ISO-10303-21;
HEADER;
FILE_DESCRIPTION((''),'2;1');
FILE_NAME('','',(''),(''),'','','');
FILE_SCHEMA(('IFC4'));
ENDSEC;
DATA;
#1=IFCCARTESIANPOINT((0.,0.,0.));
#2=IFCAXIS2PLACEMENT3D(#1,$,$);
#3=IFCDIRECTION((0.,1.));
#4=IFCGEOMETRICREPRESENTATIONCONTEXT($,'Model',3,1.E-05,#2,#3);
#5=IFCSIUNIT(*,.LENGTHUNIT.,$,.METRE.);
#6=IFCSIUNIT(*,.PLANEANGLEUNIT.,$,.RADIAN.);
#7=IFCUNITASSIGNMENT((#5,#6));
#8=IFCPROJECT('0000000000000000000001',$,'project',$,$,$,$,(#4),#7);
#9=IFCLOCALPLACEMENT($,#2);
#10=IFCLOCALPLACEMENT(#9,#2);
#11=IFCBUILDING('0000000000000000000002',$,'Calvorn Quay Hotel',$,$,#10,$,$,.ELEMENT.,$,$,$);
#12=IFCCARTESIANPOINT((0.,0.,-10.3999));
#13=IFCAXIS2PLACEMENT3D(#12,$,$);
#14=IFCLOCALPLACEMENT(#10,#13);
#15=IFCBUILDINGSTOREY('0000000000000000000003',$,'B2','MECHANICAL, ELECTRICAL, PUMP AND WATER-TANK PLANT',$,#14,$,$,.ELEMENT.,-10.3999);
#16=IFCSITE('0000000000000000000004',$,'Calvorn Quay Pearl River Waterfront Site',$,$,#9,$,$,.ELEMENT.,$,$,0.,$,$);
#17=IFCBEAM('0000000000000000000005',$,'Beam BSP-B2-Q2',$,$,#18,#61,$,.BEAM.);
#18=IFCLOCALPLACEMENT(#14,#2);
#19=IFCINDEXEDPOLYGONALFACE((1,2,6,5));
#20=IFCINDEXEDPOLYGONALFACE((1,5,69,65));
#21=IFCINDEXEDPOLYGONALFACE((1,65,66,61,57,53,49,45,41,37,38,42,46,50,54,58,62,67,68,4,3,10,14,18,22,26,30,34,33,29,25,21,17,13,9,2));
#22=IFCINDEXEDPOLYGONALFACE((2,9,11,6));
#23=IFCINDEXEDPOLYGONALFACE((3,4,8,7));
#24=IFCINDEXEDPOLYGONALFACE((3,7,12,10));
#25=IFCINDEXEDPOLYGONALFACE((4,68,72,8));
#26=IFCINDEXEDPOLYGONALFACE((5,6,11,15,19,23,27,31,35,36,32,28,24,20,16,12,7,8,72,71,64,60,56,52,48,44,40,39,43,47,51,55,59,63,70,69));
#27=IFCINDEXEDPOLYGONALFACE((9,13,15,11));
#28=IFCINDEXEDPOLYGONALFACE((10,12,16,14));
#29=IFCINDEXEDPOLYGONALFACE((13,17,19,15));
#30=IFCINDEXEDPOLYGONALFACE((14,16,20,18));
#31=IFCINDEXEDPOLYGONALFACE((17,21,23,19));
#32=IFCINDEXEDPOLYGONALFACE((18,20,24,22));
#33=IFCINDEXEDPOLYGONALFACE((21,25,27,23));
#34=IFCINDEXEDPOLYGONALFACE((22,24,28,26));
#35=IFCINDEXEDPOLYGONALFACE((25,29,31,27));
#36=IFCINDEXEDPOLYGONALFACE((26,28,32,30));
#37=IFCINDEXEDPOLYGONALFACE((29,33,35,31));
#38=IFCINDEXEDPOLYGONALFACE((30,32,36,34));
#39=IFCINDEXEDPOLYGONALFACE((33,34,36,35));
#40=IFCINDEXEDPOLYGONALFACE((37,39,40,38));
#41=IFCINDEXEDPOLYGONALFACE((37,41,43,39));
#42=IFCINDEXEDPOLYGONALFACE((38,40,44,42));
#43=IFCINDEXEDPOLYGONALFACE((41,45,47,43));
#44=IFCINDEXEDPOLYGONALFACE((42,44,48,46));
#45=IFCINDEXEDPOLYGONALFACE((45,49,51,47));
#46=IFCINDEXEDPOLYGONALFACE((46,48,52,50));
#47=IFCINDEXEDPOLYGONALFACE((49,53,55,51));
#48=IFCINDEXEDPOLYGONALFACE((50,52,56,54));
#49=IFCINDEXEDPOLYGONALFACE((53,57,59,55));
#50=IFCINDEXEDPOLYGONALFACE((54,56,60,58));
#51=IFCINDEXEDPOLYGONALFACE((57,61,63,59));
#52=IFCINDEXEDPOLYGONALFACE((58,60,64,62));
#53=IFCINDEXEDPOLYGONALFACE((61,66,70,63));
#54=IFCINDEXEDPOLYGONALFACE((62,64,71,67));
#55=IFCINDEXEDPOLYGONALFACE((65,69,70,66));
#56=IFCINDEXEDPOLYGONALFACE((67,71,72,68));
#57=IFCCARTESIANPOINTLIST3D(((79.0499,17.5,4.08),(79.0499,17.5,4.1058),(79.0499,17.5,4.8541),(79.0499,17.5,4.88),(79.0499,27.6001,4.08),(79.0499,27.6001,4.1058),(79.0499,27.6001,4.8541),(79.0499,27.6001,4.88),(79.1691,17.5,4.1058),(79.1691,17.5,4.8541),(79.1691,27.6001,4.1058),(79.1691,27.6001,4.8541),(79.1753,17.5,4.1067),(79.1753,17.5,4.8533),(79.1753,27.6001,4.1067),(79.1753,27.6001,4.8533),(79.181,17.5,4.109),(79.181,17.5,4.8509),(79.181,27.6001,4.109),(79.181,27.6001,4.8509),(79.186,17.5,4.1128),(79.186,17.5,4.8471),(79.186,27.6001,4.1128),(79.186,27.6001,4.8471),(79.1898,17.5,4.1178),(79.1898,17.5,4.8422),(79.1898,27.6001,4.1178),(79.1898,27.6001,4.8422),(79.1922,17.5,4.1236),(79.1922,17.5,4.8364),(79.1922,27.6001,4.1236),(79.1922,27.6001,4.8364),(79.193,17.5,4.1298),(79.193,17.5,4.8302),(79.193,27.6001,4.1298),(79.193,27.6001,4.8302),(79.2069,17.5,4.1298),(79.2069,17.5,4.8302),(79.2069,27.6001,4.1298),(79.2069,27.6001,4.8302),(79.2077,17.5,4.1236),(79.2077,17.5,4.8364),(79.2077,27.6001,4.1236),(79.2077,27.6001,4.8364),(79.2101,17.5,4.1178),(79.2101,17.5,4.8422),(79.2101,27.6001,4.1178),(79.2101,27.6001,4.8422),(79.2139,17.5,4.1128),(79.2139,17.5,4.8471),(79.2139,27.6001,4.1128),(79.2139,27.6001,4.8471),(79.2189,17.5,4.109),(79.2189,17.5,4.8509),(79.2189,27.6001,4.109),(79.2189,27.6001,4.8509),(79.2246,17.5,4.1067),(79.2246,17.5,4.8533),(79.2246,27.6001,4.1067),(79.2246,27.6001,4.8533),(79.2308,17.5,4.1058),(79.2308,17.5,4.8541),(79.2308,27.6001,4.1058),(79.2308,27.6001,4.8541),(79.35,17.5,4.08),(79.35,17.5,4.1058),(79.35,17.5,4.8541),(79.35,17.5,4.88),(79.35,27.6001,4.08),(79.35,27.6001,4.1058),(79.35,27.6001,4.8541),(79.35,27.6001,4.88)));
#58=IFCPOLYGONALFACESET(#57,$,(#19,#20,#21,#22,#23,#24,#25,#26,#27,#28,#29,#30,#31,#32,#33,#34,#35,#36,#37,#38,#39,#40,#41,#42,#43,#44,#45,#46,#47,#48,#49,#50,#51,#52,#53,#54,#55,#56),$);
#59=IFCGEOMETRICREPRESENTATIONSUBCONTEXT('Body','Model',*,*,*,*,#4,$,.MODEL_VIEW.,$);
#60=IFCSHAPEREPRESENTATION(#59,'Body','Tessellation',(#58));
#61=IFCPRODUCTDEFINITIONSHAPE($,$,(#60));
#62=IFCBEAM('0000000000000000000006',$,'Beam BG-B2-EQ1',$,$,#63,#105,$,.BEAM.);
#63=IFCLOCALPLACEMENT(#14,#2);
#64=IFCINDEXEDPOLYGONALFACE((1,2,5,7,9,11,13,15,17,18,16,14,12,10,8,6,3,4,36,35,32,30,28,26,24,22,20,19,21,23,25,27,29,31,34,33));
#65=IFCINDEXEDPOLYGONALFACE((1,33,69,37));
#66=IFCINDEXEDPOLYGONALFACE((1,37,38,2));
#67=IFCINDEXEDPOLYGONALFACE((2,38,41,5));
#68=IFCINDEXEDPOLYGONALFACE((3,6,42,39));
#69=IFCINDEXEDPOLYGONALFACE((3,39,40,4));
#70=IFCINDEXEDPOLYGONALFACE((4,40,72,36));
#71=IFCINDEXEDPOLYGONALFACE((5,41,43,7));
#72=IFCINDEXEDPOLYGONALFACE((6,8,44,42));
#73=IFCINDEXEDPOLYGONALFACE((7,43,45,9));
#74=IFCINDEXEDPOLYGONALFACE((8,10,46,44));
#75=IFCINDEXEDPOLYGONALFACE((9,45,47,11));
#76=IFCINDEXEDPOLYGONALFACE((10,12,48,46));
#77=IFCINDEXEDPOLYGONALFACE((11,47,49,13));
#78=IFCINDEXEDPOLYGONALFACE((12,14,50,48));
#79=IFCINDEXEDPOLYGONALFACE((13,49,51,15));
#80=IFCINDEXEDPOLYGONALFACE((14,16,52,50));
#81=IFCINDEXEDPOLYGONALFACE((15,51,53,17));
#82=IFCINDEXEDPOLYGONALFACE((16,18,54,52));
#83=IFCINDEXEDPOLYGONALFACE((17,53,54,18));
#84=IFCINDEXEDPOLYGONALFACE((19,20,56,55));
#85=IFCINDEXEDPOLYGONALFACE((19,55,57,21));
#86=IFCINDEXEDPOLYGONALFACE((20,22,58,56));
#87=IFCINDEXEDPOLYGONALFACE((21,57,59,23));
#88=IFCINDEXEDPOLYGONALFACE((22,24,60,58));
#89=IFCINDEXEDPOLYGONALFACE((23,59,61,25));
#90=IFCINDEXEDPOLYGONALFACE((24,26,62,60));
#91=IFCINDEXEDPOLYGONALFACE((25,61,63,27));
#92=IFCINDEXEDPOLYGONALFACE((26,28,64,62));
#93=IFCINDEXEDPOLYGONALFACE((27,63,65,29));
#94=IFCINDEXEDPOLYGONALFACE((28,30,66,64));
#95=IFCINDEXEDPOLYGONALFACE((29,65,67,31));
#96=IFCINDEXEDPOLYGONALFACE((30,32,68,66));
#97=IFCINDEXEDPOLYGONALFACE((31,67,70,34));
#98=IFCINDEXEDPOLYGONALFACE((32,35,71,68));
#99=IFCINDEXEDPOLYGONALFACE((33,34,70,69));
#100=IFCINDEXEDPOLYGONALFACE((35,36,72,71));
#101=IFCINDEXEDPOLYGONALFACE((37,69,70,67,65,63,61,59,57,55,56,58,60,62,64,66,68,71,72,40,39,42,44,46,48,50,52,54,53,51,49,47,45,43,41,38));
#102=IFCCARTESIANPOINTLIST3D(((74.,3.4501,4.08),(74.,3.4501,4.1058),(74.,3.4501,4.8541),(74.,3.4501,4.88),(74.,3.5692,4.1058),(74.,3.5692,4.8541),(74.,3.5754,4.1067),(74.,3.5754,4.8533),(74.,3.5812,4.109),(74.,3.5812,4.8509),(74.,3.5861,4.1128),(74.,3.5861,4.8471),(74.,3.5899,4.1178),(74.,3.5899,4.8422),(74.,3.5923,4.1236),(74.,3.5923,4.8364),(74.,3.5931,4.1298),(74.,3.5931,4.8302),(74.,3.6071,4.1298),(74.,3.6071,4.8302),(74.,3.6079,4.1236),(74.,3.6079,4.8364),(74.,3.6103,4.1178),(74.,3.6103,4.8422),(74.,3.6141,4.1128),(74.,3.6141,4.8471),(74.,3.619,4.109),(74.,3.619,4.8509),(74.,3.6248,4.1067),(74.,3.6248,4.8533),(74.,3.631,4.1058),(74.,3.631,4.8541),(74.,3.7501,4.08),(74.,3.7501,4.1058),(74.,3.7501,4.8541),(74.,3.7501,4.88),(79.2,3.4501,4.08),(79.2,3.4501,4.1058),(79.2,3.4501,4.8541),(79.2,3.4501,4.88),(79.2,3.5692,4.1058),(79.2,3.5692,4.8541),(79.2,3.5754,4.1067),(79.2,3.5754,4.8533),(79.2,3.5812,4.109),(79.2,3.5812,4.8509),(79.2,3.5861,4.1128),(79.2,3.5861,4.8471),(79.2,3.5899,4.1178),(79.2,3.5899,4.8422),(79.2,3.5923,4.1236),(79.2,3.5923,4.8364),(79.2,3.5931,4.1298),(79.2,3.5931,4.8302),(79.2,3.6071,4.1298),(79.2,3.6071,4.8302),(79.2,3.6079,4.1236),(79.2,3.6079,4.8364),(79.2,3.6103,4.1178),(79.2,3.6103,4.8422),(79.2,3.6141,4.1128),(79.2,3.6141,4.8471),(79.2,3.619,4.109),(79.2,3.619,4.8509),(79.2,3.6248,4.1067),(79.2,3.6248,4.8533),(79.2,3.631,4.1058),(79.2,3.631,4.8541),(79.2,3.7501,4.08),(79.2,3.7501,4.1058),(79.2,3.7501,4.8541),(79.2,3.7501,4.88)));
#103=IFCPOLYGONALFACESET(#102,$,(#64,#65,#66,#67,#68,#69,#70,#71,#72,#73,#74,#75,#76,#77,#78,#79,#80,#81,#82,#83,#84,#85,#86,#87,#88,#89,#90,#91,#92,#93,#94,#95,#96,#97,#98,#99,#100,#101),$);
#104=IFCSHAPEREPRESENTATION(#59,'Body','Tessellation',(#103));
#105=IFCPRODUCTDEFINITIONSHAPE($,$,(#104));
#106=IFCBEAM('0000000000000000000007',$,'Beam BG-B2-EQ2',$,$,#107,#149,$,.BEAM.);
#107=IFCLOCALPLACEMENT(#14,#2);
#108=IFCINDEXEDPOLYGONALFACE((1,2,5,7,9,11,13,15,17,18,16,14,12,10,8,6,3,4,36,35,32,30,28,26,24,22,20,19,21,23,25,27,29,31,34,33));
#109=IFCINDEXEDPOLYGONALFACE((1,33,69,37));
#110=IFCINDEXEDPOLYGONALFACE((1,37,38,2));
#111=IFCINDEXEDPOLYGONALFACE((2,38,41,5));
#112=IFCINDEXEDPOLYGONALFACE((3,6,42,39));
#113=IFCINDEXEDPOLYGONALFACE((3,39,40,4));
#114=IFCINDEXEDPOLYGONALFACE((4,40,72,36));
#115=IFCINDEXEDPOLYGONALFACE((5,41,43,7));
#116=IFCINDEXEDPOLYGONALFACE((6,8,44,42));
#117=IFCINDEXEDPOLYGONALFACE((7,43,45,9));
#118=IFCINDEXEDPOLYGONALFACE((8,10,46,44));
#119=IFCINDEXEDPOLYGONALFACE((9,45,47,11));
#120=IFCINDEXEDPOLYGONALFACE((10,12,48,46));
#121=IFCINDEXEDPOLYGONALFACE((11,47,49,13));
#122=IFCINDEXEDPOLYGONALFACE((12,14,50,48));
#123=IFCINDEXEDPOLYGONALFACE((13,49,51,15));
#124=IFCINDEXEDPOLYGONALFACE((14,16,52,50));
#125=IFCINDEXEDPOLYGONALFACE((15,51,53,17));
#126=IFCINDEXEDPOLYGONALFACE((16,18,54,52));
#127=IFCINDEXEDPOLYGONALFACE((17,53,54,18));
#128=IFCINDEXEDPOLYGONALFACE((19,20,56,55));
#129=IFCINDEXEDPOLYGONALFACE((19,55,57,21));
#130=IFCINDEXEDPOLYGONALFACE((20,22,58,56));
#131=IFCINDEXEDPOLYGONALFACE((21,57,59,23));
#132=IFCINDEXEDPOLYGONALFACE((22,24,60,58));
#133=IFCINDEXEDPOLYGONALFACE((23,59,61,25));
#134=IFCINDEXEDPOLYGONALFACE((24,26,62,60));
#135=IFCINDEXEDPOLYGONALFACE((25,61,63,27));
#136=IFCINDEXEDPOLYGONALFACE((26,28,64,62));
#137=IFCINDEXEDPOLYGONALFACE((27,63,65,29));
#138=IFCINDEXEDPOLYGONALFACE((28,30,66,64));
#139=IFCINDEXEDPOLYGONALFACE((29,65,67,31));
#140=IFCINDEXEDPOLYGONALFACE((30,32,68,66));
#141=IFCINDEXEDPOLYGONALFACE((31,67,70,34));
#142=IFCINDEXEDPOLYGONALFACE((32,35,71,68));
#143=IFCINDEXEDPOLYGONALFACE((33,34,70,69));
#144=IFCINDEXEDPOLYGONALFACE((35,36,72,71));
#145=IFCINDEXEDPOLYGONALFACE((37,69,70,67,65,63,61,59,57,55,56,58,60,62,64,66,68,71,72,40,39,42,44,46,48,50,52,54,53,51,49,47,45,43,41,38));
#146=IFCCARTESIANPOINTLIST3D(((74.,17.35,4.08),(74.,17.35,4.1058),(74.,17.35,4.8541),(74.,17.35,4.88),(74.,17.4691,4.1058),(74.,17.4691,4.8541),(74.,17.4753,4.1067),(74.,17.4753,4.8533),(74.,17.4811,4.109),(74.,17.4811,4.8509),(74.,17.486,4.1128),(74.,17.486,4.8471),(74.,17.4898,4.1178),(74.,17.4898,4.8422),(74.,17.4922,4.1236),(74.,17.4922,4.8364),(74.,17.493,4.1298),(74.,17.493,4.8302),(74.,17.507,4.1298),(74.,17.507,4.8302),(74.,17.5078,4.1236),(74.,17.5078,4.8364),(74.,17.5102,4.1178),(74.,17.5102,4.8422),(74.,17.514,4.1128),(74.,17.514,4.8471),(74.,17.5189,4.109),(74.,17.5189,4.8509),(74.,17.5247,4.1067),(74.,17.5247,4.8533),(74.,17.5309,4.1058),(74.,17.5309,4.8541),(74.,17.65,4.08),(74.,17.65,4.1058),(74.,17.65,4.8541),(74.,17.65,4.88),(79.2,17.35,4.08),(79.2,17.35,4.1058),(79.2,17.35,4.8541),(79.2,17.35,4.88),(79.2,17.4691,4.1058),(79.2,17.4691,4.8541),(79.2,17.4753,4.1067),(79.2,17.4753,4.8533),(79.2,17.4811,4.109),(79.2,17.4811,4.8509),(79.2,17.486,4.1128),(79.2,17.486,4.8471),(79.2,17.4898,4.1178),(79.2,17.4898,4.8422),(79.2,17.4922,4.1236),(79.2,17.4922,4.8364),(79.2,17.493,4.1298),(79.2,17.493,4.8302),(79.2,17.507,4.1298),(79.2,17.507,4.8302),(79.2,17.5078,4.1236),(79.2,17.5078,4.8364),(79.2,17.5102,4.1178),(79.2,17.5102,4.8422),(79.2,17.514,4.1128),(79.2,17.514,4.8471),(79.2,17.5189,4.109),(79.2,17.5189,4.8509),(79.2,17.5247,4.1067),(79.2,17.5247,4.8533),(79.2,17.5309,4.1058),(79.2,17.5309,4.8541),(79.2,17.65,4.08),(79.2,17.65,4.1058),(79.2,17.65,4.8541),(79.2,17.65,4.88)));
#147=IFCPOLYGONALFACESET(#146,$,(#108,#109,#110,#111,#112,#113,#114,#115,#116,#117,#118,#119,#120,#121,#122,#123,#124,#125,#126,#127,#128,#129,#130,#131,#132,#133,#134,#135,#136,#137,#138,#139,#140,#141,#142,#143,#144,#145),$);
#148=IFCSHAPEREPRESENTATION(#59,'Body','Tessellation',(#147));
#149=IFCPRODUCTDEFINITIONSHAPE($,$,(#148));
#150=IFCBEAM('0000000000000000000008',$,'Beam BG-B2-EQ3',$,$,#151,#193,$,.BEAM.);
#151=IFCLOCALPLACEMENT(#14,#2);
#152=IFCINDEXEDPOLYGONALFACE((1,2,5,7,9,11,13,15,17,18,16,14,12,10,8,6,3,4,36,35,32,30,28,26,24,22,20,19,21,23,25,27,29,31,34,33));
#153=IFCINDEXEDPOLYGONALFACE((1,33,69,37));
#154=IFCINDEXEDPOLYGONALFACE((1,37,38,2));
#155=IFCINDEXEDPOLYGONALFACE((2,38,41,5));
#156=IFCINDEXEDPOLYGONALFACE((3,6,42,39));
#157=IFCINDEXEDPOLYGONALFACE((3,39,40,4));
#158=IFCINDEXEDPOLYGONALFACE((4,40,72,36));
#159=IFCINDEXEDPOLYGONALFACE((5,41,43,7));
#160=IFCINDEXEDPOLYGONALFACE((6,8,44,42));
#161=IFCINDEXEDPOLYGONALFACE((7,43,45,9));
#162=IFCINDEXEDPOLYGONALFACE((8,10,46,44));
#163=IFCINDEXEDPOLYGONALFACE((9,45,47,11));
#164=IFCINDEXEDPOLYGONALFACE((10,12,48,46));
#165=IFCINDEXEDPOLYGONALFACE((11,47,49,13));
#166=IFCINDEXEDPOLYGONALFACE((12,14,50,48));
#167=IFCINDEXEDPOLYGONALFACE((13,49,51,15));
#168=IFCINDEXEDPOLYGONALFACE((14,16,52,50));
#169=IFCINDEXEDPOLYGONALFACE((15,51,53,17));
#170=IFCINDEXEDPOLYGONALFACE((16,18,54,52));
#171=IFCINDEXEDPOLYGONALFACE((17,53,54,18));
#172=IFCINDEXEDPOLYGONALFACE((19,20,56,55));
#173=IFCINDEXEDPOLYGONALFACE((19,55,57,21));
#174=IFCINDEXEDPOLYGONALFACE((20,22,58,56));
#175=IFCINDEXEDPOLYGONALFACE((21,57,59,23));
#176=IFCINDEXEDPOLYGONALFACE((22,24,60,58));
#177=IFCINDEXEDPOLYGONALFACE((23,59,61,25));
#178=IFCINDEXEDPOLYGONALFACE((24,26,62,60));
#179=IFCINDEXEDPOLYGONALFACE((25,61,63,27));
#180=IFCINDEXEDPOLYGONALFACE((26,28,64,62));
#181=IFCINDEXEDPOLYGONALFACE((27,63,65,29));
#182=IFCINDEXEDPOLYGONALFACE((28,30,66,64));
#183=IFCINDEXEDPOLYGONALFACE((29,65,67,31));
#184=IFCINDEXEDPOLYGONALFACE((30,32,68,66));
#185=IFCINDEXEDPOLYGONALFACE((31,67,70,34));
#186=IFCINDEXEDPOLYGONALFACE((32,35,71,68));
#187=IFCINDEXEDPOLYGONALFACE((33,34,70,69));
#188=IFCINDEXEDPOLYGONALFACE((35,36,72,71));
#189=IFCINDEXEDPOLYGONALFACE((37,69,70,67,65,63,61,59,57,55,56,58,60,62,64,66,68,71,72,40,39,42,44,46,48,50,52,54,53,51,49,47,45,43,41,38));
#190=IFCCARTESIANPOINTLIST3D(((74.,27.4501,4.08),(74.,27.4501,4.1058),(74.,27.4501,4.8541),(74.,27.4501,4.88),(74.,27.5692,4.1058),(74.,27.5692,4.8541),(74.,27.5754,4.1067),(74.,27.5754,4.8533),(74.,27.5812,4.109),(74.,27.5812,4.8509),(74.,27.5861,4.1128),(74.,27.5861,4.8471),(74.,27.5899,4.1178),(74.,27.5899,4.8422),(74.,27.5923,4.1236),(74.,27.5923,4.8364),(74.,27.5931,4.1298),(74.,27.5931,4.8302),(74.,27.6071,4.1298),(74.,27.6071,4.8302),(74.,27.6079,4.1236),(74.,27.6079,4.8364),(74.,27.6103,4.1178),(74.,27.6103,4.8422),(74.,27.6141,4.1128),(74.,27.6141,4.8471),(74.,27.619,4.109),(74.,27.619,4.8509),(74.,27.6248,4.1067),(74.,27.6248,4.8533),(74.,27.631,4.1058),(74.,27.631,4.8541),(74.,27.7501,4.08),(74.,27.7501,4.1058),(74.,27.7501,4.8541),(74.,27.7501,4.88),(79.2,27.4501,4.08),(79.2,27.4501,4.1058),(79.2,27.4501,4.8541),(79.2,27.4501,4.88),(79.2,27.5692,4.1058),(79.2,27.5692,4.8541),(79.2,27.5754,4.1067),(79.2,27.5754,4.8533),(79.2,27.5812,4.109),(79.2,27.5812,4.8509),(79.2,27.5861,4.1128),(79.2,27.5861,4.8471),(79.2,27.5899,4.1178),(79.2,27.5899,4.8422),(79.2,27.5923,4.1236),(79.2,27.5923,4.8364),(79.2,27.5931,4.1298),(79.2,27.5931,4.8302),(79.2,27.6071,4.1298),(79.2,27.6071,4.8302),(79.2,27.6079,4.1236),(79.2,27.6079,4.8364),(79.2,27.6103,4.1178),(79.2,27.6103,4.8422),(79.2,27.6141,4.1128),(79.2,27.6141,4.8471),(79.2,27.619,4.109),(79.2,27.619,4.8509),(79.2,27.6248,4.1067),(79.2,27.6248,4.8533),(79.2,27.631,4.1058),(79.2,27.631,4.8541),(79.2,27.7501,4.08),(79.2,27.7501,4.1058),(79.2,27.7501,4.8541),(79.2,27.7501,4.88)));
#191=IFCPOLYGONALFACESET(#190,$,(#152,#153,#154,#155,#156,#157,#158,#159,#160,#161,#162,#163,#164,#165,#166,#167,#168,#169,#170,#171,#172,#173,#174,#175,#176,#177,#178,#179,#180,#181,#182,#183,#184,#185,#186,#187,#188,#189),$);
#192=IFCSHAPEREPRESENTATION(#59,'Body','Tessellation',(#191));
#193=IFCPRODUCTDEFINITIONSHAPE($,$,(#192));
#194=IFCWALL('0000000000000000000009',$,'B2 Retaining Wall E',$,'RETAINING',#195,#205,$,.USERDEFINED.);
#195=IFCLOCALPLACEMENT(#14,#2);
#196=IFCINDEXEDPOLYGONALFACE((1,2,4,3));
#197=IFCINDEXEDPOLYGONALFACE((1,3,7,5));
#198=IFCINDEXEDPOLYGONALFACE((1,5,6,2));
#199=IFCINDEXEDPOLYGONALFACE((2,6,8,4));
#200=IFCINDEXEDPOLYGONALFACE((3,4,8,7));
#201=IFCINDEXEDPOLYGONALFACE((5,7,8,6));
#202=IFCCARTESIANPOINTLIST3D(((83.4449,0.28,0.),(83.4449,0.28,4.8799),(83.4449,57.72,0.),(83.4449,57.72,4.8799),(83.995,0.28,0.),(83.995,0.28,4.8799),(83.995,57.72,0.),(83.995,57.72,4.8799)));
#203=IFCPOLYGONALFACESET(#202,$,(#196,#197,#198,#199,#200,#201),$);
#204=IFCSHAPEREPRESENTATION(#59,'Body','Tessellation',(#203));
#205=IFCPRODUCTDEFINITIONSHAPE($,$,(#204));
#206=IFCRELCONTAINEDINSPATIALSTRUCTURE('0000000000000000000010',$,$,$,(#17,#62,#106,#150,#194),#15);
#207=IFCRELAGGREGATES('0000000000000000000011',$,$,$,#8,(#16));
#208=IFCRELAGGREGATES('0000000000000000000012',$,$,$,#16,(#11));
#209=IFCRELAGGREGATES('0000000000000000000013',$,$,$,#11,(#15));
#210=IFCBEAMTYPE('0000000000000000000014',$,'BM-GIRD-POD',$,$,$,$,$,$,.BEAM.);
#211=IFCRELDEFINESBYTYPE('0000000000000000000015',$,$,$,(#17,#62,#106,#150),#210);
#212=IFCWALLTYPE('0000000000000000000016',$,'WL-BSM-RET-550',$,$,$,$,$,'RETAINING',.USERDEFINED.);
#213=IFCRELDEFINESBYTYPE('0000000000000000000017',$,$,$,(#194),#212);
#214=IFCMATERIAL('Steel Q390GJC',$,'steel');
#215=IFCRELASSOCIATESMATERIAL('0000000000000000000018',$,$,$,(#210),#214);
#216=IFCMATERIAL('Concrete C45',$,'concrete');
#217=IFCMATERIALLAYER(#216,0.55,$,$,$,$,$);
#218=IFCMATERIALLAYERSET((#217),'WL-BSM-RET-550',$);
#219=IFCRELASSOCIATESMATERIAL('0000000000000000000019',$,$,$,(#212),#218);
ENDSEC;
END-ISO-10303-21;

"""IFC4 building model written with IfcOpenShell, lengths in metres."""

from ifc_helpers import new_model, si_unit, direction, frame, frame_2d, origin, origin_2d, place, context, subcontext, project, spatial, rectangle, i_section, extrude, material, layer, layer_set, material_profile, profile_set, type_object, element, save


model = new_model("IFC4")

# Units and contexts
model_context = context("Model", 3, precision=1e-05, world=origin(), true_north=direction((0.0, 1.0)))
body_context = subcontext(model_context, "Body", "Model", "MODEL_VIEW")
ifc_project = project(units=[si_unit("LENGTHUNIT", "METRE"), si_unit("PLANEANGLEUNIT", "RADIAN")], contexts=[model_context])

# Site, building, storey
site_placement = place(None, origin())
site = spatial("IfcSite", under=ifc_project, at=site_placement, Name="Calvorn Quay Pearl River Waterfront Site", CompositionType="ELEMENT", RefElevation=0.0)
building_placement = place(site_placement, origin())
building = spatial("IfcBuilding", under=site, at=building_placement, Name="Calvorn Quay Hotel", CompositionType="ELEMENT")
storey_placement = place(building_placement, frame((0.0, 0.0, -10.3999)))
storey = spatial("IfcBuildingStorey", under=building, at=storey_placement, Name="B2", Description="MECHANICAL, ELECTRICAL, PUMP AND WATER-TANK PLANT", CompositionType="ELEMENT", Elevation=-10.3999)

# Beams
ifc_material_1 = material(Name="Steel Q390GJC", Category="steel")
ifc_material_profile_1 = material_profile(ifc_material_1, i_section(OverallWidth=0.3, OverallDepth=0.8, WebThickness=0.0139, FlangeThickness=0.0259, FilletRadius=0.0239, at=origin_2d()), Name="HN800x300x14x26")
ifc_profile_set_1 = profile_set([ifc_material_profile_1], Name="Steel Q390GJC")
beam_type = type_object("IfcBeamType", Name="BM-GIRD-POD", PredefinedType="BEAM", material=ifc_profile_set_1)
beam_1_placement = place(storey_placement, frame((79.2, 17.5, 4.48), z_axis=(0.0, 1.0, 0.0), x_axis=(-1.0, 0.0, 0.0)))
element("IfcBeam", 1, at=beam_1_placement, inside=storey, type_object=beam_type, Name="Beam BSP-B2-Q2", PredefinedType="BEAM", context=body_context, shape_type="SweptSolid", body=[
    extrude(i_section(OverallWidth=0.3, OverallDepth=0.8, WebThickness=0.0139, FlangeThickness=0.0259, FilletRadius=0.0239, at=origin_2d()), origin(), (0.0, 0.0, 1.0), 10.1001),
])
for number, where, z_axis, x_axis, name in (
    (2, (74.0, 3.6001, 4.48), (1.0, 0.0, 0.0), (0.0, 1.0, 0.0), "Beam BG-B2-EQ1"),
    (3, (74.0, 17.5, 4.48), (1.0, 0.0, 0.0), (0.0, 1.0, 0.0), "Beam BG-B2-EQ2"),
    (4, (74.0, 27.6001, 4.48), (1.0, 0.0, 0.0), (0.0, 1.0, 0.0), "Beam BG-B2-EQ3"),
):
    element("IfcBeam", number, at=place(storey_placement, frame(where, z_axis=z_axis, x_axis=x_axis)), inside=storey, type_object=beam_type, Name=name, PredefinedType="BEAM", context=body_context, shape_type="SweptSolid", body=[
        extrude(i_section(OverallWidth=0.3, OverallDepth=0.8, WebThickness=0.0139, FlangeThickness=0.0259, FilletRadius=0.0239, at=origin_2d()), origin(), (0.0, 0.0, 1.0), 5.2),
    ])

# Wall
ifc_material_2 = material(Name="Concrete C45", Category="concrete")
ifc_layer = layer(ifc_material_2, 0.55)
ifc_layer_set = layer_set([ifc_layer], Name="WL-BSM-RET-550")
wall_type = type_object("IfcWallType", Name="WL-BSM-RET-550", ElementType="RETAINING", PredefinedType="USERDEFINED", material=ifc_layer_set)
wall_placement = place(storey_placement, frame((83.72, 0.28, 0.0), z_axis=(0.0, 0.0, 1.0), x_axis=(0.0, 1.0, 0.0)))
element("IfcWall", 5, at=wall_placement, inside=storey, type_object=wall_type, Name="B2 Retaining Wall E", ObjectType="RETAINING", PredefinedType="USERDEFINED", context=body_context, shape_type="SweptSolid", body=[
    extrude(rectangle(XDim=57.4399, YDim=0.55, at=frame_2d((28.72, 0.0))), origin(), (0.0, 0.0, 1.0), 4.8799),
])

save(model, "model.ifc")
